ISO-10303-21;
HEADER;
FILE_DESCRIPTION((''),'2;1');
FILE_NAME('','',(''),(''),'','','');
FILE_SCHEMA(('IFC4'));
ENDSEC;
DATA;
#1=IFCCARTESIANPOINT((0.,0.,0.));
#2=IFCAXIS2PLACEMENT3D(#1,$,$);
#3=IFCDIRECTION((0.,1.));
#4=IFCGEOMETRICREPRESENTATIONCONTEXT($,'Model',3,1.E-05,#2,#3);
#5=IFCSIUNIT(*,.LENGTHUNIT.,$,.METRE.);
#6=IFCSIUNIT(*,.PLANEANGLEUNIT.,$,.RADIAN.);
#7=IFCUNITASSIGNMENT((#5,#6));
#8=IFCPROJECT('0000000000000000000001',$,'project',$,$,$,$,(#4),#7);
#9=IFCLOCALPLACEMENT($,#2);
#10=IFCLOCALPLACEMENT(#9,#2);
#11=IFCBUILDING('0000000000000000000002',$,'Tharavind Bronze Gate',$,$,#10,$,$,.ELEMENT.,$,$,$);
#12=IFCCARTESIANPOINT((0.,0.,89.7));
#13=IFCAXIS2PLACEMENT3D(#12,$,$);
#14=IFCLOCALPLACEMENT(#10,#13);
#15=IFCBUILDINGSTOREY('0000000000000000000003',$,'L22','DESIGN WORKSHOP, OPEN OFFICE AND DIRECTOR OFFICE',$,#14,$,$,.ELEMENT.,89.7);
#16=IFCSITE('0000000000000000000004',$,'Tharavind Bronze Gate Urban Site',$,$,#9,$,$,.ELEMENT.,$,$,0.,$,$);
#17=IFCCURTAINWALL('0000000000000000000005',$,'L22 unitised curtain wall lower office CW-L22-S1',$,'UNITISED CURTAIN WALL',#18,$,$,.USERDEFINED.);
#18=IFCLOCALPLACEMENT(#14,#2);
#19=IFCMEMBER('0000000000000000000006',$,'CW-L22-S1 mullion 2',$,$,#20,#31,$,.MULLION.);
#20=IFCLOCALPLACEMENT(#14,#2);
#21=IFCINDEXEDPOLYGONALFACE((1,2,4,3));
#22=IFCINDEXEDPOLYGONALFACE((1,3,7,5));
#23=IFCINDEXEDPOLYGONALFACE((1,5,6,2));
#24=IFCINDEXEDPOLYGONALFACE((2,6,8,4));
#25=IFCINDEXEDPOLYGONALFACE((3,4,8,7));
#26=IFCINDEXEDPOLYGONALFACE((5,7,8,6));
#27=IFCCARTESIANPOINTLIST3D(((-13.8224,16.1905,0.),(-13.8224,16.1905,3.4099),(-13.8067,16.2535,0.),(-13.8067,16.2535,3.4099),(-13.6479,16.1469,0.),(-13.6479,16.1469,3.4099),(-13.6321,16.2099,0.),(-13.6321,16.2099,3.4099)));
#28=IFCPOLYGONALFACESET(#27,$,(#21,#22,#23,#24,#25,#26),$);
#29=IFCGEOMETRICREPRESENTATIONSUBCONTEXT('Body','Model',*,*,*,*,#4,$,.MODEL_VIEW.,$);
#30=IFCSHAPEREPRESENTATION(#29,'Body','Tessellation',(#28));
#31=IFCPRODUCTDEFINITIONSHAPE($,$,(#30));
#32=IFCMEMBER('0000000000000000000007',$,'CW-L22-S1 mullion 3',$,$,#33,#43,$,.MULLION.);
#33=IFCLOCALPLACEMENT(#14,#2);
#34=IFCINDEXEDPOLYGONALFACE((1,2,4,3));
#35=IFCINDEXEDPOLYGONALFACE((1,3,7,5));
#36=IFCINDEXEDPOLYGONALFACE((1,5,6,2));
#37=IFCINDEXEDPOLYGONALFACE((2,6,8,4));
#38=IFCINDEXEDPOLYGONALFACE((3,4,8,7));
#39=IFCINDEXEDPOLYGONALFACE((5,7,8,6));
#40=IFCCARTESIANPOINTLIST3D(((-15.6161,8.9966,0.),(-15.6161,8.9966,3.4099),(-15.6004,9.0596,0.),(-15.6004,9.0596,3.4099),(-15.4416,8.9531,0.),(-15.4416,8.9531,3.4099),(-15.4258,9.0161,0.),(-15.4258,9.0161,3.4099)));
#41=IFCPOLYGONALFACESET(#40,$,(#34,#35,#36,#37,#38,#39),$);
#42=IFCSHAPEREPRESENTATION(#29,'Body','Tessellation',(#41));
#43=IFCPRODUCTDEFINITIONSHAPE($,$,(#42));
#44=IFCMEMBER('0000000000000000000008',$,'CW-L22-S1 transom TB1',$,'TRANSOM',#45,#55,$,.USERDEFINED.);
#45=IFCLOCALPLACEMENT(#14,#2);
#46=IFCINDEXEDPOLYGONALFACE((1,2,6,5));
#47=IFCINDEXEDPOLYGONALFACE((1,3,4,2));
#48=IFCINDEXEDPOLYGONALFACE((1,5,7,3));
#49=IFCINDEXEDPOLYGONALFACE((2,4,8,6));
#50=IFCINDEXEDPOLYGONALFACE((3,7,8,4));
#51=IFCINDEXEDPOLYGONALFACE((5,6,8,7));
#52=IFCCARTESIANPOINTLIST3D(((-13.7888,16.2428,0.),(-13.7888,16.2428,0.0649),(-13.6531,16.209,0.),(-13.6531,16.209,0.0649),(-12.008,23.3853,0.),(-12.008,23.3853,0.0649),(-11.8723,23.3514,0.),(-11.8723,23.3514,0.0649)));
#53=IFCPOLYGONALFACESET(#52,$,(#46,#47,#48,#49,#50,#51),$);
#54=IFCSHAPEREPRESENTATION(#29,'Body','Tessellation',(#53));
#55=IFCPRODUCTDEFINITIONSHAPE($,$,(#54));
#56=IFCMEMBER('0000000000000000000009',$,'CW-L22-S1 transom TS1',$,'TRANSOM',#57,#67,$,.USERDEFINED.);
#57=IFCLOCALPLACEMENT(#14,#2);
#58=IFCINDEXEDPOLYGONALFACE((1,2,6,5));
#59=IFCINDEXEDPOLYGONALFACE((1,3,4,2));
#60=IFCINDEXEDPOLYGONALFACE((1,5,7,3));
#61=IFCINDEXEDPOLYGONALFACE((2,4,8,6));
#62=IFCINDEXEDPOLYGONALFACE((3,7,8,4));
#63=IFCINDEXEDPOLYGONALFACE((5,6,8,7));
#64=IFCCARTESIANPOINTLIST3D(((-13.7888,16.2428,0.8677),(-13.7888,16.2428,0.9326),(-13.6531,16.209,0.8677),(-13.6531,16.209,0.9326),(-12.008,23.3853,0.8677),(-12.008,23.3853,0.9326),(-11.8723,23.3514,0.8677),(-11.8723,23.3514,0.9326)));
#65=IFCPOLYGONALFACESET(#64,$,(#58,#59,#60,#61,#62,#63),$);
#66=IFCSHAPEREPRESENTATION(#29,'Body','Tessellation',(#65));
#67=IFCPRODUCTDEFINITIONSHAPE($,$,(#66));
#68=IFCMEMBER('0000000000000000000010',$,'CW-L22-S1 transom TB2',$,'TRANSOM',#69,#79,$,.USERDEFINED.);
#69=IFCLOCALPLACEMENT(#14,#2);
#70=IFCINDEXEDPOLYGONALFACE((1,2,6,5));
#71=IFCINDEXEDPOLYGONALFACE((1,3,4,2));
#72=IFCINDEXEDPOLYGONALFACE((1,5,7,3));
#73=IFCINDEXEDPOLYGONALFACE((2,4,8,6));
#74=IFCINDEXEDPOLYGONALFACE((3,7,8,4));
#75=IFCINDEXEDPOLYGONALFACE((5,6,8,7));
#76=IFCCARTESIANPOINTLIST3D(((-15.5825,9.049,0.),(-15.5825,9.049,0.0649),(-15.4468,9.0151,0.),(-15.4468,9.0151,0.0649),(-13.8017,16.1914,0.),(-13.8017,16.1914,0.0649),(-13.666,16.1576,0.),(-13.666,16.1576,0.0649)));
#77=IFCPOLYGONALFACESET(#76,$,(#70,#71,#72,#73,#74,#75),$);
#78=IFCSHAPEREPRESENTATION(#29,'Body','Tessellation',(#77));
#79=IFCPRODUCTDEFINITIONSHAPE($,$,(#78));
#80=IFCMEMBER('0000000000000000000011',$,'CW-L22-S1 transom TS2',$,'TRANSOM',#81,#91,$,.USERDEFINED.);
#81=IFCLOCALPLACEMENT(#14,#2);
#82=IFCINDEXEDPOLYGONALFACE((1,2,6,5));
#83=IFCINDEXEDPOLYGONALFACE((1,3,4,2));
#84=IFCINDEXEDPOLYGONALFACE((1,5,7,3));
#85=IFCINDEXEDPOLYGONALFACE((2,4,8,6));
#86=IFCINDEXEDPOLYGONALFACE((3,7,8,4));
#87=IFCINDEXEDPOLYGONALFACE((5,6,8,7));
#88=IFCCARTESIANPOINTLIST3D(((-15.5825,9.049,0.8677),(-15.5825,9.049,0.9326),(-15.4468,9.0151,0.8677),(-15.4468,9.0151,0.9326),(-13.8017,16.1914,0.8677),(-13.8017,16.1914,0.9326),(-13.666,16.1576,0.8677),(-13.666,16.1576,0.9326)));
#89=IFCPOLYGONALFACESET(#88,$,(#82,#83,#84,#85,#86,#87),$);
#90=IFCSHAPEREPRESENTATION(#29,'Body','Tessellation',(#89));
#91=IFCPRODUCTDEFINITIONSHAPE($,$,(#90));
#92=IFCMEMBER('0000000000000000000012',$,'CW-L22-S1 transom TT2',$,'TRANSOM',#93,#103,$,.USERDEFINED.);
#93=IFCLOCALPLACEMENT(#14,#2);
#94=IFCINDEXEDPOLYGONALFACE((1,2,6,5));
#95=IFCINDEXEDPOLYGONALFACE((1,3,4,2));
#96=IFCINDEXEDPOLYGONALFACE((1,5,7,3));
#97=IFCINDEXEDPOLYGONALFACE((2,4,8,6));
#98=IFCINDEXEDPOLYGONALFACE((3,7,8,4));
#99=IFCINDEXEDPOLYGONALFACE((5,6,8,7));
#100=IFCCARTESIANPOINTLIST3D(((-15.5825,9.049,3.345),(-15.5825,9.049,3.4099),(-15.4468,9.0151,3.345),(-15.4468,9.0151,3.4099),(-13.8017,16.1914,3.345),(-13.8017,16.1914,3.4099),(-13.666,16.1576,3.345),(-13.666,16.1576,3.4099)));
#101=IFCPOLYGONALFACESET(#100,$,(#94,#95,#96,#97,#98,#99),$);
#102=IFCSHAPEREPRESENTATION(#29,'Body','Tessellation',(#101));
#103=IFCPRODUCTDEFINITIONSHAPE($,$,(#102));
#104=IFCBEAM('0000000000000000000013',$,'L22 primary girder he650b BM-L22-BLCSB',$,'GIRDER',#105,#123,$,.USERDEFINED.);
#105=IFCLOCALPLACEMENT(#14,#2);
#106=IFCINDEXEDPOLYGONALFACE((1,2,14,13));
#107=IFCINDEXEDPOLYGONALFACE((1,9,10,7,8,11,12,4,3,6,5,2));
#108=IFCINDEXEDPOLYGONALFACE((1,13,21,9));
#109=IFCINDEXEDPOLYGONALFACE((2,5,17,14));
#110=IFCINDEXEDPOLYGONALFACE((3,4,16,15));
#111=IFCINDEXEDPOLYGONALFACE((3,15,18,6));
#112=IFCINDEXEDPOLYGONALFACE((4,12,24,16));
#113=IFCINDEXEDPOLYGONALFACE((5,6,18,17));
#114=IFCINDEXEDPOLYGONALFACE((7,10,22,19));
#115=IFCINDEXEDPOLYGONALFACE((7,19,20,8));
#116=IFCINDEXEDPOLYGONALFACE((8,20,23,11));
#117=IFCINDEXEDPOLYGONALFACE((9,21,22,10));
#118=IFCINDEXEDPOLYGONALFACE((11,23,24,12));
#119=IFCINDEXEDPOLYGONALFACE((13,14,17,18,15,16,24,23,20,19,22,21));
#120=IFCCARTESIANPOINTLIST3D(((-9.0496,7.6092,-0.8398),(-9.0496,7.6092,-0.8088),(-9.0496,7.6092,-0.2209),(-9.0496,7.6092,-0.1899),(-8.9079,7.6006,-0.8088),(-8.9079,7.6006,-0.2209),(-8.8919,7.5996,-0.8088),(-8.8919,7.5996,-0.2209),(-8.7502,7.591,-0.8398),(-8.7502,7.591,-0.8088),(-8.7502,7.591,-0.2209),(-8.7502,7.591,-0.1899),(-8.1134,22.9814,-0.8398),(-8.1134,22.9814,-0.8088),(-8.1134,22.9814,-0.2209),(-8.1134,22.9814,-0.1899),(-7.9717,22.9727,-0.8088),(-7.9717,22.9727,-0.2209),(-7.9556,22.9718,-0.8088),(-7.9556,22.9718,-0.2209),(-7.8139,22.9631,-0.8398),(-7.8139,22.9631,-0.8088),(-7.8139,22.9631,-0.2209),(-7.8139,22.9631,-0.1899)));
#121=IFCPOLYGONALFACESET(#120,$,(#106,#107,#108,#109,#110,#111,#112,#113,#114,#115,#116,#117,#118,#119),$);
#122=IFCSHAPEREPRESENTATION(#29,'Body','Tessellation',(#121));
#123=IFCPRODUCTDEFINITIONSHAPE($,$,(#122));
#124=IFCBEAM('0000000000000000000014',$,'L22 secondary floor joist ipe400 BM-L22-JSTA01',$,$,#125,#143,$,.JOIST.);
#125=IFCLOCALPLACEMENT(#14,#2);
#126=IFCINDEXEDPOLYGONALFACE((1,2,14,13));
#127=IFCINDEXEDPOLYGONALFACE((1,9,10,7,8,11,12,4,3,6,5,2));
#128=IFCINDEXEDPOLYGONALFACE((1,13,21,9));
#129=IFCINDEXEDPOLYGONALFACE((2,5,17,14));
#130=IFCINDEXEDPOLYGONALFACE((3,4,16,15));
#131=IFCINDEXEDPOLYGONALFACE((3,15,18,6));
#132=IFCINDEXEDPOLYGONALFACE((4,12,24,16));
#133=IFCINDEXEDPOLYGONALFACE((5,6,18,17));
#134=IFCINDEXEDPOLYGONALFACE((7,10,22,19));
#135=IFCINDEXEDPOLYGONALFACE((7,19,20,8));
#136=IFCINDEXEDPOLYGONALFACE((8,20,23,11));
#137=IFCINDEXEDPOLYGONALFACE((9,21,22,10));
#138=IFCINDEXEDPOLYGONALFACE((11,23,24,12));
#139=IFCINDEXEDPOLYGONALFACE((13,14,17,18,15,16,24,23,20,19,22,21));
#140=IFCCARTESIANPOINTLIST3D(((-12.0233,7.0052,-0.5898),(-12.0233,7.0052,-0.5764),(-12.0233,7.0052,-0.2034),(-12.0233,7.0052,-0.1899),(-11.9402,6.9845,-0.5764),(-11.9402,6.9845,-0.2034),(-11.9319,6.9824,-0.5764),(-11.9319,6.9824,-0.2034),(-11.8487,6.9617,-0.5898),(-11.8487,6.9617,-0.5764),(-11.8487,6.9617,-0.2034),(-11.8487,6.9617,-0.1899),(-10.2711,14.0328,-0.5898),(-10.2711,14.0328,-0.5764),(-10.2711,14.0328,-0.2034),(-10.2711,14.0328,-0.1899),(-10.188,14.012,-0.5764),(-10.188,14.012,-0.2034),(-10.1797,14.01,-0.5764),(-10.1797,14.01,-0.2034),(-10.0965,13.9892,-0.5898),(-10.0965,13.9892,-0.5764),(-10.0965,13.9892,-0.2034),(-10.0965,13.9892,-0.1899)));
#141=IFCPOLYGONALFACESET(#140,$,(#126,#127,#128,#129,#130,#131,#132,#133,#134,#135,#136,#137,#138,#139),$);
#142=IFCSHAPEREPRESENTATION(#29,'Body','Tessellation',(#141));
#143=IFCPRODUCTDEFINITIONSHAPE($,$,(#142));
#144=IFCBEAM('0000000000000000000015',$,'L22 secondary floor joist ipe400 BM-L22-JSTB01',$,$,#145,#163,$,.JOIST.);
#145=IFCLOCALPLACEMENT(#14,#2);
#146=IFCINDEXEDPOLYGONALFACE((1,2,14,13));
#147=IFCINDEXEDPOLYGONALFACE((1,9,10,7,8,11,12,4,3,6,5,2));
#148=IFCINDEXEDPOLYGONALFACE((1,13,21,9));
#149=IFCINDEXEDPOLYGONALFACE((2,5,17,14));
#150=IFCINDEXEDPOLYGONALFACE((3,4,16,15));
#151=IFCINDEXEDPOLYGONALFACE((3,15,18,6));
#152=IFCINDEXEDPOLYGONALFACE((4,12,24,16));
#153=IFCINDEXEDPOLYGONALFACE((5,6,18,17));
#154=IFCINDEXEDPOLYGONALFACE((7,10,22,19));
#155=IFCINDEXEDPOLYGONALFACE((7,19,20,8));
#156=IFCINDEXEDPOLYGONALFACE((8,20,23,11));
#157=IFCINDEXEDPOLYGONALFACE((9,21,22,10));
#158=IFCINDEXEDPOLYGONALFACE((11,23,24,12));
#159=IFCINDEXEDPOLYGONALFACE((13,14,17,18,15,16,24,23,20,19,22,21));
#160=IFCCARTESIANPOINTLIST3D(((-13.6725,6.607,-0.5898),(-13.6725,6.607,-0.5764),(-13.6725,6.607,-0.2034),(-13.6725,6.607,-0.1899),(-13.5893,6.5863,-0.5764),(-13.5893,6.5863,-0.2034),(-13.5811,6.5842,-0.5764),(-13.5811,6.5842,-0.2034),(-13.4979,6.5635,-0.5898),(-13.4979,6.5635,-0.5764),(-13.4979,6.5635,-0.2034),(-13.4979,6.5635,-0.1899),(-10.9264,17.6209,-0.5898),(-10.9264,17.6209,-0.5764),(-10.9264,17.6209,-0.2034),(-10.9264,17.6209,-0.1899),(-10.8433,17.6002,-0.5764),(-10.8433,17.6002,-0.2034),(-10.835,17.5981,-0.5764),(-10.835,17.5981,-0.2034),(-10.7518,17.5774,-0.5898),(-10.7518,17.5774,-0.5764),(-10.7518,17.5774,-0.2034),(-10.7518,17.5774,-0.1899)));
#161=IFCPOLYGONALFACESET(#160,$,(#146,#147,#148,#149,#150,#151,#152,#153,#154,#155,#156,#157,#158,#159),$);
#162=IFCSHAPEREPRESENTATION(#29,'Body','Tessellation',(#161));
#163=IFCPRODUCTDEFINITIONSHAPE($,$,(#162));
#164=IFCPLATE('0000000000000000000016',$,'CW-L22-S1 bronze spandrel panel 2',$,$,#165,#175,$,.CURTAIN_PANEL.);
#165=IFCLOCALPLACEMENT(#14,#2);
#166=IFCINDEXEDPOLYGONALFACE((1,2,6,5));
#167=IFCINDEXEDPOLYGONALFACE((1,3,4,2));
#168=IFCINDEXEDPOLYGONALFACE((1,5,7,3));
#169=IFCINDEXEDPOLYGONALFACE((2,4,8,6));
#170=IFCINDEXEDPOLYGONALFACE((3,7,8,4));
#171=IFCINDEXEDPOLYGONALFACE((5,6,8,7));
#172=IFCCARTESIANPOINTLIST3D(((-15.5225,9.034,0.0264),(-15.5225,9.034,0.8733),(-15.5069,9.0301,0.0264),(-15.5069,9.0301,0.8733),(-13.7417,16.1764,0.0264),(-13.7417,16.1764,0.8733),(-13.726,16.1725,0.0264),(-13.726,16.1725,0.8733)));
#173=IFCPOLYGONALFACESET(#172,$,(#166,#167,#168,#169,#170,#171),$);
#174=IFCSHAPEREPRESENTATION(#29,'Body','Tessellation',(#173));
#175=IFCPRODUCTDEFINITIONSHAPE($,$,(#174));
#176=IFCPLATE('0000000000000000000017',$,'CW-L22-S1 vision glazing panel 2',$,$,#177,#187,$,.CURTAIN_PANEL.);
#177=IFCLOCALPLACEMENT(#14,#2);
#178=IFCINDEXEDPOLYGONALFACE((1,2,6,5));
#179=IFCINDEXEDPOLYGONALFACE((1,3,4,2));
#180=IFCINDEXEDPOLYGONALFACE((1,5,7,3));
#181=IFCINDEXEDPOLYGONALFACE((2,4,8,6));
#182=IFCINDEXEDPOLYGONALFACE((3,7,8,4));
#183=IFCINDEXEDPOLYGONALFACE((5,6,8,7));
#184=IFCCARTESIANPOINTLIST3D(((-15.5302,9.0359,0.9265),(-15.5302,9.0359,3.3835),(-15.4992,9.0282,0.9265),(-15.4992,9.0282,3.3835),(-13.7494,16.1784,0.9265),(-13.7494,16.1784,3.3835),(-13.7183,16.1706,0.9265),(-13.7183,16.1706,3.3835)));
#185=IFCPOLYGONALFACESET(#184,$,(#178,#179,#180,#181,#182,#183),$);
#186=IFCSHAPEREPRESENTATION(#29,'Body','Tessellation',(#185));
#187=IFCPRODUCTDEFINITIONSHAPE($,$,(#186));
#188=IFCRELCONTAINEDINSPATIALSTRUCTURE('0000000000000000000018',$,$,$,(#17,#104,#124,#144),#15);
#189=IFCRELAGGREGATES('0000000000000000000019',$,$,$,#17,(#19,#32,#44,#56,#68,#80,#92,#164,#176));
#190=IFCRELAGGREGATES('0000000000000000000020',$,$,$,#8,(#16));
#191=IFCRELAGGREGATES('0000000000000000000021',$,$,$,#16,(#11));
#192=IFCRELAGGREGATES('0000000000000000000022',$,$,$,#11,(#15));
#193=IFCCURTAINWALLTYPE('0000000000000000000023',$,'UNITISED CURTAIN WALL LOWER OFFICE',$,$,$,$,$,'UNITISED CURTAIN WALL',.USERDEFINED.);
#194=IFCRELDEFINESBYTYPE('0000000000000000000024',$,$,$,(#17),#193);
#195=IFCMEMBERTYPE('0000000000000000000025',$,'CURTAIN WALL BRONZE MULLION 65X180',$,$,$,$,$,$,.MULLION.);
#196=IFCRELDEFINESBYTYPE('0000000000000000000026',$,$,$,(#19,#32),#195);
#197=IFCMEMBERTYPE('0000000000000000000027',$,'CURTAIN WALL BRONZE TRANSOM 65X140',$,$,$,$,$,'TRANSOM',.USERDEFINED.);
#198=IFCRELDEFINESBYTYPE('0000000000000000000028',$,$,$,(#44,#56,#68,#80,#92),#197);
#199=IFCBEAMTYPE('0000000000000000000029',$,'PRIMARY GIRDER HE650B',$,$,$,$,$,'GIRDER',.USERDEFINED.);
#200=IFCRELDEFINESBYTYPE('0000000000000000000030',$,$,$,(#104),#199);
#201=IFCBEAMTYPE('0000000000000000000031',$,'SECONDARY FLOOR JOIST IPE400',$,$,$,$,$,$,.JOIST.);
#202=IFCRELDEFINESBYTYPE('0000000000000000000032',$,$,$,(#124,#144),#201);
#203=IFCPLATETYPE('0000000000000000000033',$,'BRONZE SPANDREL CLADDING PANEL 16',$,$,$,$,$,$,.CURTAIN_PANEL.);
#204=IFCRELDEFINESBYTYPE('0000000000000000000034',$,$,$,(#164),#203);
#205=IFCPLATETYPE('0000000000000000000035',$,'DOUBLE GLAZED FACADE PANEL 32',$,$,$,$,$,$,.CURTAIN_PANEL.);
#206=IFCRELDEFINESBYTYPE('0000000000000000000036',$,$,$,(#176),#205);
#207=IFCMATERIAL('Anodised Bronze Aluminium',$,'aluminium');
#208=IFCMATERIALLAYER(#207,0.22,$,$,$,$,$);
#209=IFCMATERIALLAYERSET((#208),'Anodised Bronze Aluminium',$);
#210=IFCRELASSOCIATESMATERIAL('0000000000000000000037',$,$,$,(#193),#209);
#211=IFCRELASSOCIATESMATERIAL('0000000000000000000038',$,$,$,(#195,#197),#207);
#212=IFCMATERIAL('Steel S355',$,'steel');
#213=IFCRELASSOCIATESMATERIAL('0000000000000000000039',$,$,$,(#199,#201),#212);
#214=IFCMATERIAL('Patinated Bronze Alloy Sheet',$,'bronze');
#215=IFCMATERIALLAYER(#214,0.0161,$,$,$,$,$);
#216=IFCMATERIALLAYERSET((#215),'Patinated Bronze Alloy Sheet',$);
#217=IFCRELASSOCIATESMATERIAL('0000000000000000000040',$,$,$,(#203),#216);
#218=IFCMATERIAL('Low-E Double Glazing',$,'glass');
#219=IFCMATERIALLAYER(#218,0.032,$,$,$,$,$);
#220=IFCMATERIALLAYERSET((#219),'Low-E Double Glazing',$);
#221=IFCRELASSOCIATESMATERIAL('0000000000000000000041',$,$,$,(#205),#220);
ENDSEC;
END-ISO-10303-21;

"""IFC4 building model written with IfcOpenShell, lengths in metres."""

from ifc_helpers import new_model, si_unit, direction, frame, origin, origin_2d, place, context, subcontext, project, spatial, rectangle, i_section, extrude, material, layer, layer_set, material_profile, profile_set, type_object, element, aggregate, save


model = new_model("IFC4")

# Units and contexts
model_context = context("Model", 3, precision=1e-05, world=origin(), true_north=direction((0.0, 1.0)))
body_context = subcontext(model_context, "Body", "Model", "MODEL_VIEW")
ifc_project = project(units=[si_unit("LENGTHUNIT", "METRE"), si_unit("PLANEANGLEUNIT", "RADIAN")], contexts=[model_context])

# Site, building, storey
site_placement = place(None, origin())
site = spatial("IfcSite", under=ifc_project, at=site_placement, Name="Tharavind Bronze Gate Urban Site", CompositionType="ELEMENT", RefElevation=0.0)
building_placement = place(site_placement, origin())
building = spatial("IfcBuilding", under=site, at=building_placement, Name="Tharavind Bronze Gate", CompositionType="ELEMENT")
storey_placement = place(building_placement, frame((0.0, 0.0, 89.7)))
storey = spatial("IfcBuildingStorey", under=building, at=storey_placement, Name="L22", Description="DESIGN WORKSHOP, OPEN OFFICE AND DIRECTOR OFFICE", CompositionType="ELEMENT", Elevation=89.7)

# Curtain wall, members
ifc_material_1 = material(Name="Anodised Bronze Aluminium", Category="aluminium")
ifc_layer_1 = layer(ifc_material_1, 0.22)
ifc_layer_set_1 = layer_set([ifc_layer_1], Name="Anodised Bronze Aluminium")
curtain_wall_type = type_object("IfcCurtainWallType", Name="UNITISED CURTAIN WALL LOWER OFFICE", ElementType="UNITISED CURTAIN WALL", PredefinedType="USERDEFINED", material=ifc_layer_set_1)
curtain_wall_placement = place(storey_placement, origin())
curtain_wall = element("IfcCurtainWall", 1, at=curtain_wall_placement, inside=storey, type_object=curtain_wall_type, Name="L22 unitised curtain wall lower office CW-L22-S1", ObjectType="UNITISED CURTAIN WALL", PredefinedType="USERDEFINED")
member_type_1 = type_object("IfcMemberType", Name="CURTAIN WALL BRONZE MULLION 65X180", PredefinedType="MULLION", material=ifc_material_1)
member_1_placement = place(storey_placement, frame((-13.7273, 16.2002, 0.0), z_axis=(0.0, 0.0, 1.0), x_axis=(-0.241922, -0.970296, 0.0)))
member_1 = element("IfcMember", 2, at=member_1_placement, type_object=member_type_1, Name="CW-L22-S1 mullion 2", PredefinedType="MULLION", context=body_context, shape_type="SweptSolid", body=[
    extrude(rectangle(XDim=0.0649, YDim=0.1799, at=origin_2d()), origin(), (0.0, 0.0, 1.0), 3.4099),
])
member_2_placement = place(storey_placement, frame((-15.521, 9.0063, 0.0), z_axis=(0.0, 0.0, 1.0), x_axis=(-0.241922, -0.970296, 0.0)))
member_2 = element("IfcMember", 3, at=member_2_placement, type_object=member_type_1, Name="CW-L22-S1 mullion 3", PredefinedType="MULLION", context=body_context, shape_type="SweptSolid", body=[
    extrude(rectangle(XDim=0.0649, YDim=0.1799, at=origin_2d()), origin(), (0.0, 0.0, 1.0), 3.4099),
])
member_type_2 = type_object("IfcMemberType", Name="CURTAIN WALL BRONZE TRANSOM 65X140", ElementType="TRANSOM", PredefinedType="USERDEFINED", material=ifc_material_1)
member_3_placement = place(storey_placement, frame((-12.8306, 19.7971, 0.0), z_axis=(0.0, 0.0, 1.0), x_axis=(-0.241922, -0.970296, 0.0)))
member_3 = element("IfcMember", 4, at=member_3_placement, type_object=member_type_2, Name="CW-L22-S1 transom TB1", ObjectType="TRANSOM", PredefinedType="USERDEFINED", context=body_context, shape_type="SweptSolid", body=[
    extrude(rectangle(XDim=7.3611, YDim=0.1399, at=origin_2d()), origin(), (0.0, 0.0, 1.0), 0.0649),
])
member_4_placement = place(storey_placement, frame((-12.8306, 19.7971, 0.8677), z_axis=(0.0, 0.0, 1.0), x_axis=(-0.241922, -0.970296, 0.0)))
member_4 = element("IfcMember", 5, at=member_4_placement, type_object=member_type_2, Name="CW-L22-S1 transom TS1", ObjectType="TRANSOM", PredefinedType="USERDEFINED", context=body_context, shape_type="SweptSolid", body=[
    extrude(rectangle(XDim=7.3611, YDim=0.1399, at=origin_2d()), origin(), (0.0, 0.0, 1.0), 0.0649),
])
member_5_placement = place(storey_placement, frame((-14.6243, 12.6033, 0.0), z_axis=(0.0, 0.0, 1.0), x_axis=(-0.241922, -0.970296, 0.0)))
member_5 = element("IfcMember", 6, at=member_5_placement, type_object=member_type_2, Name="CW-L22-S1 transom TB2", ObjectType="TRANSOM", PredefinedType="USERDEFINED", context=body_context, shape_type="SweptSolid", body=[
    extrude(rectangle(XDim=7.3611, YDim=0.1399, at=origin_2d()), origin(), (0.0, 0.0, 1.0), 0.0649),
])
member_6_placement = place(storey_placement, frame((-14.6243, 12.6033, 0.8677), z_axis=(0.0, 0.0, 1.0), x_axis=(-0.241922, -0.970296, 0.0)))
member_6 = element("IfcMember", 7, at=member_6_placement, type_object=member_type_2, Name="CW-L22-S1 transom TS2", ObjectType="TRANSOM", PredefinedType="USERDEFINED", context=body_context, shape_type="SweptSolid", body=[
    extrude(rectangle(XDim=7.3611, YDim=0.1399, at=origin_2d()), origin(), (0.0, 0.0, 1.0), 0.0649),
])
member_7_placement = place(storey_placement, frame((-14.6243, 12.6033, 3.345), z_axis=(0.0, 0.0, 1.0), x_axis=(-0.241922, -0.970296, 0.0)))
member_7 = element("IfcMember", 8, at=member_7_placement, type_object=member_type_2, Name="CW-L22-S1 transom TT2", ObjectType="TRANSOM", PredefinedType="USERDEFINED", context=body_context, shape_type="SweptSolid", body=[
    extrude(rectangle(XDim=7.3611, YDim=0.1399, at=origin_2d()), origin(), (0.0, 0.0, 1.0), 0.0649),
])

# Beams
ifc_material_2 = material(Name="Steel S355", Category="steel")
ifc_material_profile_1 = material_profile(ifc_material_2, i_section(OverallWidth=0.3, OverallDepth=0.6499, WebThickness=0.0161, FlangeThickness=0.031, at=origin_2d()), Name="HE650B")
ifc_profile_set_1 = profile_set([ifc_material_profile_1], Name="Steel S355")
beam_type_1 = type_object("IfcBeamType", Name="PRIMARY GIRDER HE650B", ElementType="GIRDER", PredefinedType="USERDEFINED", material=ifc_profile_set_1)
beam_1_placement = place(storey_placement, frame((-8.8999, 7.6001, -0.5149), z_axis=(0.060795, 0.99815, 0.0), x_axis=(-0.99815, 0.060795, 0.0)))
element("IfcBeam", 9, at=beam_1_placement, inside=storey, type_object=beam_type_1, Name="L22 primary girder he650b BM-L22-BLCSB", ObjectType="GIRDER", PredefinedType="USERDEFINED", context=body_context, shape_type="SweptSolid", body=[
    extrude(i_section(OverallWidth=0.3, OverallDepth=0.6499, WebThickness=0.0161, FlangeThickness=0.031, at=origin_2d()), origin(), (0.0, 0.0, 1.0), 15.4006),
])
ifc_material_profile_2 = material_profile(ifc_material_2, i_section(OverallWidth=0.1799, OverallDepth=0.3999, WebThickness=0.0085, FlangeThickness=0.0134, at=origin_2d()), Name="IPE400")
ifc_profile_set_2 = profile_set([ifc_material_profile_2], Name="Steel S355")
beam_type_2 = type_object("IfcBeamType", Name="SECONDARY FLOOR JOIST IPE400", PredefinedType="JOIST", material=ifc_profile_set_2)
beam_2_placement = place(storey_placement, frame((-10.1838, 14.011, -0.3899), z_axis=(-0.241925, -0.970295, 0.0), x_axis=(0.970295, -0.241925, 0.0)))
element("IfcBeam", 10, at=beam_2_placement, inside=storey, type_object=beam_type_2, Name="L22 secondary floor joist ipe400 BM-L22-JSTA01", PredefinedType="JOIST", context=body_context, shape_type="SweptSolid", body=[
    extrude(i_section(OverallWidth=0.1799, OverallDepth=0.3999, WebThickness=0.0085, FlangeThickness=0.0134, at=origin_2d()), origin(), (0.0, 0.0, 1.0), 7.2427),
])
beam_3_placement = place(storey_placement, frame((-10.8391, 17.5991, -0.3899), z_axis=(-0.241923, -0.970295, 0.0), x_axis=(0.970295, -0.241923, 0.0)))
element("IfcBeam", 11, at=beam_3_placement, inside=storey, type_object=beam_type_2, Name="L22 secondary floor joist ipe400 BM-L22-JSTB01", PredefinedType="JOIST", context=body_context, shape_type="SweptSolid", body=[
    extrude(i_section(OverallWidth=0.1799, OverallDepth=0.3999, WebThickness=0.0085, FlangeThickness=0.0134, at=origin_2d()), origin(), (0.0, 0.0, 1.0), 11.3511),
])

# Plates
ifc_material_3 = material(Name="Patinated Bronze Alloy Sheet", Category="bronze")
ifc_layer_2 = layer(ifc_material_3, 0.0161)
ifc_layer_set_2 = layer_set([ifc_layer_2], Name="Patinated Bronze Alloy Sheet")
plate_type_1 = type_object("IfcPlateType", Name="BRONZE SPANDREL CLADDING PANEL 16", PredefinedType="CURTAIN_PANEL", material=ifc_layer_set_2)
plate_1_placement = place(storey_placement, frame((-14.6243, 12.6033, 0.0264), z_axis=(0.0, 0.0, 1.0), x_axis=(-0.241922, -0.970296, 0.0)))
plate_1 = element("IfcPlate", 12, at=plate_1_placement, type_object=plate_type_1, Name="CW-L22-S1 bronze spandrel panel 2", PredefinedType="CURTAIN_PANEL", context=body_context, shape_type="SweptSolid", body=[
    extrude(rectangle(XDim=7.3611, YDim=0.0161, at=origin_2d()), origin(), (0.0, 0.0, 1.0), 0.8469),
])
ifc_material_4 = material(Name="Low-E Double Glazing", Category="glass")
ifc_layer_3 = layer(ifc_material_4, 0.032)
ifc_layer_set_3 = layer_set([ifc_layer_3], Name="Low-E Double Glazing")
plate_type_2 = type_object("IfcPlateType", Name="DOUBLE GLAZED FACADE PANEL 32", PredefinedType="CURTAIN_PANEL", material=ifc_layer_set_3)
plate_2_placement = place(storey_placement, frame((-14.6243, 12.6033, 0.9265), z_axis=(0.0, 0.0, 1.0), x_axis=(-0.241922, -0.970296, 0.0)))
plate_2 = element("IfcPlate", 13, at=plate_2_placement, type_object=plate_type_2, Name="CW-L22-S1 vision glazing panel 2", PredefinedType="CURTAIN_PANEL", context=body_context, shape_type="SweptSolid", body=[
    extrude(rectangle(XDim=7.3611, YDim=0.032, at=origin_2d()), origin(), (0.0, 0.0, 1.0), 2.457),
])
aggregate(curtain_wall, [member_1, member_2, member_3, member_4, member_5, member_6, member_7, plate_1, plate_2])

save(model, "model.ifc")
